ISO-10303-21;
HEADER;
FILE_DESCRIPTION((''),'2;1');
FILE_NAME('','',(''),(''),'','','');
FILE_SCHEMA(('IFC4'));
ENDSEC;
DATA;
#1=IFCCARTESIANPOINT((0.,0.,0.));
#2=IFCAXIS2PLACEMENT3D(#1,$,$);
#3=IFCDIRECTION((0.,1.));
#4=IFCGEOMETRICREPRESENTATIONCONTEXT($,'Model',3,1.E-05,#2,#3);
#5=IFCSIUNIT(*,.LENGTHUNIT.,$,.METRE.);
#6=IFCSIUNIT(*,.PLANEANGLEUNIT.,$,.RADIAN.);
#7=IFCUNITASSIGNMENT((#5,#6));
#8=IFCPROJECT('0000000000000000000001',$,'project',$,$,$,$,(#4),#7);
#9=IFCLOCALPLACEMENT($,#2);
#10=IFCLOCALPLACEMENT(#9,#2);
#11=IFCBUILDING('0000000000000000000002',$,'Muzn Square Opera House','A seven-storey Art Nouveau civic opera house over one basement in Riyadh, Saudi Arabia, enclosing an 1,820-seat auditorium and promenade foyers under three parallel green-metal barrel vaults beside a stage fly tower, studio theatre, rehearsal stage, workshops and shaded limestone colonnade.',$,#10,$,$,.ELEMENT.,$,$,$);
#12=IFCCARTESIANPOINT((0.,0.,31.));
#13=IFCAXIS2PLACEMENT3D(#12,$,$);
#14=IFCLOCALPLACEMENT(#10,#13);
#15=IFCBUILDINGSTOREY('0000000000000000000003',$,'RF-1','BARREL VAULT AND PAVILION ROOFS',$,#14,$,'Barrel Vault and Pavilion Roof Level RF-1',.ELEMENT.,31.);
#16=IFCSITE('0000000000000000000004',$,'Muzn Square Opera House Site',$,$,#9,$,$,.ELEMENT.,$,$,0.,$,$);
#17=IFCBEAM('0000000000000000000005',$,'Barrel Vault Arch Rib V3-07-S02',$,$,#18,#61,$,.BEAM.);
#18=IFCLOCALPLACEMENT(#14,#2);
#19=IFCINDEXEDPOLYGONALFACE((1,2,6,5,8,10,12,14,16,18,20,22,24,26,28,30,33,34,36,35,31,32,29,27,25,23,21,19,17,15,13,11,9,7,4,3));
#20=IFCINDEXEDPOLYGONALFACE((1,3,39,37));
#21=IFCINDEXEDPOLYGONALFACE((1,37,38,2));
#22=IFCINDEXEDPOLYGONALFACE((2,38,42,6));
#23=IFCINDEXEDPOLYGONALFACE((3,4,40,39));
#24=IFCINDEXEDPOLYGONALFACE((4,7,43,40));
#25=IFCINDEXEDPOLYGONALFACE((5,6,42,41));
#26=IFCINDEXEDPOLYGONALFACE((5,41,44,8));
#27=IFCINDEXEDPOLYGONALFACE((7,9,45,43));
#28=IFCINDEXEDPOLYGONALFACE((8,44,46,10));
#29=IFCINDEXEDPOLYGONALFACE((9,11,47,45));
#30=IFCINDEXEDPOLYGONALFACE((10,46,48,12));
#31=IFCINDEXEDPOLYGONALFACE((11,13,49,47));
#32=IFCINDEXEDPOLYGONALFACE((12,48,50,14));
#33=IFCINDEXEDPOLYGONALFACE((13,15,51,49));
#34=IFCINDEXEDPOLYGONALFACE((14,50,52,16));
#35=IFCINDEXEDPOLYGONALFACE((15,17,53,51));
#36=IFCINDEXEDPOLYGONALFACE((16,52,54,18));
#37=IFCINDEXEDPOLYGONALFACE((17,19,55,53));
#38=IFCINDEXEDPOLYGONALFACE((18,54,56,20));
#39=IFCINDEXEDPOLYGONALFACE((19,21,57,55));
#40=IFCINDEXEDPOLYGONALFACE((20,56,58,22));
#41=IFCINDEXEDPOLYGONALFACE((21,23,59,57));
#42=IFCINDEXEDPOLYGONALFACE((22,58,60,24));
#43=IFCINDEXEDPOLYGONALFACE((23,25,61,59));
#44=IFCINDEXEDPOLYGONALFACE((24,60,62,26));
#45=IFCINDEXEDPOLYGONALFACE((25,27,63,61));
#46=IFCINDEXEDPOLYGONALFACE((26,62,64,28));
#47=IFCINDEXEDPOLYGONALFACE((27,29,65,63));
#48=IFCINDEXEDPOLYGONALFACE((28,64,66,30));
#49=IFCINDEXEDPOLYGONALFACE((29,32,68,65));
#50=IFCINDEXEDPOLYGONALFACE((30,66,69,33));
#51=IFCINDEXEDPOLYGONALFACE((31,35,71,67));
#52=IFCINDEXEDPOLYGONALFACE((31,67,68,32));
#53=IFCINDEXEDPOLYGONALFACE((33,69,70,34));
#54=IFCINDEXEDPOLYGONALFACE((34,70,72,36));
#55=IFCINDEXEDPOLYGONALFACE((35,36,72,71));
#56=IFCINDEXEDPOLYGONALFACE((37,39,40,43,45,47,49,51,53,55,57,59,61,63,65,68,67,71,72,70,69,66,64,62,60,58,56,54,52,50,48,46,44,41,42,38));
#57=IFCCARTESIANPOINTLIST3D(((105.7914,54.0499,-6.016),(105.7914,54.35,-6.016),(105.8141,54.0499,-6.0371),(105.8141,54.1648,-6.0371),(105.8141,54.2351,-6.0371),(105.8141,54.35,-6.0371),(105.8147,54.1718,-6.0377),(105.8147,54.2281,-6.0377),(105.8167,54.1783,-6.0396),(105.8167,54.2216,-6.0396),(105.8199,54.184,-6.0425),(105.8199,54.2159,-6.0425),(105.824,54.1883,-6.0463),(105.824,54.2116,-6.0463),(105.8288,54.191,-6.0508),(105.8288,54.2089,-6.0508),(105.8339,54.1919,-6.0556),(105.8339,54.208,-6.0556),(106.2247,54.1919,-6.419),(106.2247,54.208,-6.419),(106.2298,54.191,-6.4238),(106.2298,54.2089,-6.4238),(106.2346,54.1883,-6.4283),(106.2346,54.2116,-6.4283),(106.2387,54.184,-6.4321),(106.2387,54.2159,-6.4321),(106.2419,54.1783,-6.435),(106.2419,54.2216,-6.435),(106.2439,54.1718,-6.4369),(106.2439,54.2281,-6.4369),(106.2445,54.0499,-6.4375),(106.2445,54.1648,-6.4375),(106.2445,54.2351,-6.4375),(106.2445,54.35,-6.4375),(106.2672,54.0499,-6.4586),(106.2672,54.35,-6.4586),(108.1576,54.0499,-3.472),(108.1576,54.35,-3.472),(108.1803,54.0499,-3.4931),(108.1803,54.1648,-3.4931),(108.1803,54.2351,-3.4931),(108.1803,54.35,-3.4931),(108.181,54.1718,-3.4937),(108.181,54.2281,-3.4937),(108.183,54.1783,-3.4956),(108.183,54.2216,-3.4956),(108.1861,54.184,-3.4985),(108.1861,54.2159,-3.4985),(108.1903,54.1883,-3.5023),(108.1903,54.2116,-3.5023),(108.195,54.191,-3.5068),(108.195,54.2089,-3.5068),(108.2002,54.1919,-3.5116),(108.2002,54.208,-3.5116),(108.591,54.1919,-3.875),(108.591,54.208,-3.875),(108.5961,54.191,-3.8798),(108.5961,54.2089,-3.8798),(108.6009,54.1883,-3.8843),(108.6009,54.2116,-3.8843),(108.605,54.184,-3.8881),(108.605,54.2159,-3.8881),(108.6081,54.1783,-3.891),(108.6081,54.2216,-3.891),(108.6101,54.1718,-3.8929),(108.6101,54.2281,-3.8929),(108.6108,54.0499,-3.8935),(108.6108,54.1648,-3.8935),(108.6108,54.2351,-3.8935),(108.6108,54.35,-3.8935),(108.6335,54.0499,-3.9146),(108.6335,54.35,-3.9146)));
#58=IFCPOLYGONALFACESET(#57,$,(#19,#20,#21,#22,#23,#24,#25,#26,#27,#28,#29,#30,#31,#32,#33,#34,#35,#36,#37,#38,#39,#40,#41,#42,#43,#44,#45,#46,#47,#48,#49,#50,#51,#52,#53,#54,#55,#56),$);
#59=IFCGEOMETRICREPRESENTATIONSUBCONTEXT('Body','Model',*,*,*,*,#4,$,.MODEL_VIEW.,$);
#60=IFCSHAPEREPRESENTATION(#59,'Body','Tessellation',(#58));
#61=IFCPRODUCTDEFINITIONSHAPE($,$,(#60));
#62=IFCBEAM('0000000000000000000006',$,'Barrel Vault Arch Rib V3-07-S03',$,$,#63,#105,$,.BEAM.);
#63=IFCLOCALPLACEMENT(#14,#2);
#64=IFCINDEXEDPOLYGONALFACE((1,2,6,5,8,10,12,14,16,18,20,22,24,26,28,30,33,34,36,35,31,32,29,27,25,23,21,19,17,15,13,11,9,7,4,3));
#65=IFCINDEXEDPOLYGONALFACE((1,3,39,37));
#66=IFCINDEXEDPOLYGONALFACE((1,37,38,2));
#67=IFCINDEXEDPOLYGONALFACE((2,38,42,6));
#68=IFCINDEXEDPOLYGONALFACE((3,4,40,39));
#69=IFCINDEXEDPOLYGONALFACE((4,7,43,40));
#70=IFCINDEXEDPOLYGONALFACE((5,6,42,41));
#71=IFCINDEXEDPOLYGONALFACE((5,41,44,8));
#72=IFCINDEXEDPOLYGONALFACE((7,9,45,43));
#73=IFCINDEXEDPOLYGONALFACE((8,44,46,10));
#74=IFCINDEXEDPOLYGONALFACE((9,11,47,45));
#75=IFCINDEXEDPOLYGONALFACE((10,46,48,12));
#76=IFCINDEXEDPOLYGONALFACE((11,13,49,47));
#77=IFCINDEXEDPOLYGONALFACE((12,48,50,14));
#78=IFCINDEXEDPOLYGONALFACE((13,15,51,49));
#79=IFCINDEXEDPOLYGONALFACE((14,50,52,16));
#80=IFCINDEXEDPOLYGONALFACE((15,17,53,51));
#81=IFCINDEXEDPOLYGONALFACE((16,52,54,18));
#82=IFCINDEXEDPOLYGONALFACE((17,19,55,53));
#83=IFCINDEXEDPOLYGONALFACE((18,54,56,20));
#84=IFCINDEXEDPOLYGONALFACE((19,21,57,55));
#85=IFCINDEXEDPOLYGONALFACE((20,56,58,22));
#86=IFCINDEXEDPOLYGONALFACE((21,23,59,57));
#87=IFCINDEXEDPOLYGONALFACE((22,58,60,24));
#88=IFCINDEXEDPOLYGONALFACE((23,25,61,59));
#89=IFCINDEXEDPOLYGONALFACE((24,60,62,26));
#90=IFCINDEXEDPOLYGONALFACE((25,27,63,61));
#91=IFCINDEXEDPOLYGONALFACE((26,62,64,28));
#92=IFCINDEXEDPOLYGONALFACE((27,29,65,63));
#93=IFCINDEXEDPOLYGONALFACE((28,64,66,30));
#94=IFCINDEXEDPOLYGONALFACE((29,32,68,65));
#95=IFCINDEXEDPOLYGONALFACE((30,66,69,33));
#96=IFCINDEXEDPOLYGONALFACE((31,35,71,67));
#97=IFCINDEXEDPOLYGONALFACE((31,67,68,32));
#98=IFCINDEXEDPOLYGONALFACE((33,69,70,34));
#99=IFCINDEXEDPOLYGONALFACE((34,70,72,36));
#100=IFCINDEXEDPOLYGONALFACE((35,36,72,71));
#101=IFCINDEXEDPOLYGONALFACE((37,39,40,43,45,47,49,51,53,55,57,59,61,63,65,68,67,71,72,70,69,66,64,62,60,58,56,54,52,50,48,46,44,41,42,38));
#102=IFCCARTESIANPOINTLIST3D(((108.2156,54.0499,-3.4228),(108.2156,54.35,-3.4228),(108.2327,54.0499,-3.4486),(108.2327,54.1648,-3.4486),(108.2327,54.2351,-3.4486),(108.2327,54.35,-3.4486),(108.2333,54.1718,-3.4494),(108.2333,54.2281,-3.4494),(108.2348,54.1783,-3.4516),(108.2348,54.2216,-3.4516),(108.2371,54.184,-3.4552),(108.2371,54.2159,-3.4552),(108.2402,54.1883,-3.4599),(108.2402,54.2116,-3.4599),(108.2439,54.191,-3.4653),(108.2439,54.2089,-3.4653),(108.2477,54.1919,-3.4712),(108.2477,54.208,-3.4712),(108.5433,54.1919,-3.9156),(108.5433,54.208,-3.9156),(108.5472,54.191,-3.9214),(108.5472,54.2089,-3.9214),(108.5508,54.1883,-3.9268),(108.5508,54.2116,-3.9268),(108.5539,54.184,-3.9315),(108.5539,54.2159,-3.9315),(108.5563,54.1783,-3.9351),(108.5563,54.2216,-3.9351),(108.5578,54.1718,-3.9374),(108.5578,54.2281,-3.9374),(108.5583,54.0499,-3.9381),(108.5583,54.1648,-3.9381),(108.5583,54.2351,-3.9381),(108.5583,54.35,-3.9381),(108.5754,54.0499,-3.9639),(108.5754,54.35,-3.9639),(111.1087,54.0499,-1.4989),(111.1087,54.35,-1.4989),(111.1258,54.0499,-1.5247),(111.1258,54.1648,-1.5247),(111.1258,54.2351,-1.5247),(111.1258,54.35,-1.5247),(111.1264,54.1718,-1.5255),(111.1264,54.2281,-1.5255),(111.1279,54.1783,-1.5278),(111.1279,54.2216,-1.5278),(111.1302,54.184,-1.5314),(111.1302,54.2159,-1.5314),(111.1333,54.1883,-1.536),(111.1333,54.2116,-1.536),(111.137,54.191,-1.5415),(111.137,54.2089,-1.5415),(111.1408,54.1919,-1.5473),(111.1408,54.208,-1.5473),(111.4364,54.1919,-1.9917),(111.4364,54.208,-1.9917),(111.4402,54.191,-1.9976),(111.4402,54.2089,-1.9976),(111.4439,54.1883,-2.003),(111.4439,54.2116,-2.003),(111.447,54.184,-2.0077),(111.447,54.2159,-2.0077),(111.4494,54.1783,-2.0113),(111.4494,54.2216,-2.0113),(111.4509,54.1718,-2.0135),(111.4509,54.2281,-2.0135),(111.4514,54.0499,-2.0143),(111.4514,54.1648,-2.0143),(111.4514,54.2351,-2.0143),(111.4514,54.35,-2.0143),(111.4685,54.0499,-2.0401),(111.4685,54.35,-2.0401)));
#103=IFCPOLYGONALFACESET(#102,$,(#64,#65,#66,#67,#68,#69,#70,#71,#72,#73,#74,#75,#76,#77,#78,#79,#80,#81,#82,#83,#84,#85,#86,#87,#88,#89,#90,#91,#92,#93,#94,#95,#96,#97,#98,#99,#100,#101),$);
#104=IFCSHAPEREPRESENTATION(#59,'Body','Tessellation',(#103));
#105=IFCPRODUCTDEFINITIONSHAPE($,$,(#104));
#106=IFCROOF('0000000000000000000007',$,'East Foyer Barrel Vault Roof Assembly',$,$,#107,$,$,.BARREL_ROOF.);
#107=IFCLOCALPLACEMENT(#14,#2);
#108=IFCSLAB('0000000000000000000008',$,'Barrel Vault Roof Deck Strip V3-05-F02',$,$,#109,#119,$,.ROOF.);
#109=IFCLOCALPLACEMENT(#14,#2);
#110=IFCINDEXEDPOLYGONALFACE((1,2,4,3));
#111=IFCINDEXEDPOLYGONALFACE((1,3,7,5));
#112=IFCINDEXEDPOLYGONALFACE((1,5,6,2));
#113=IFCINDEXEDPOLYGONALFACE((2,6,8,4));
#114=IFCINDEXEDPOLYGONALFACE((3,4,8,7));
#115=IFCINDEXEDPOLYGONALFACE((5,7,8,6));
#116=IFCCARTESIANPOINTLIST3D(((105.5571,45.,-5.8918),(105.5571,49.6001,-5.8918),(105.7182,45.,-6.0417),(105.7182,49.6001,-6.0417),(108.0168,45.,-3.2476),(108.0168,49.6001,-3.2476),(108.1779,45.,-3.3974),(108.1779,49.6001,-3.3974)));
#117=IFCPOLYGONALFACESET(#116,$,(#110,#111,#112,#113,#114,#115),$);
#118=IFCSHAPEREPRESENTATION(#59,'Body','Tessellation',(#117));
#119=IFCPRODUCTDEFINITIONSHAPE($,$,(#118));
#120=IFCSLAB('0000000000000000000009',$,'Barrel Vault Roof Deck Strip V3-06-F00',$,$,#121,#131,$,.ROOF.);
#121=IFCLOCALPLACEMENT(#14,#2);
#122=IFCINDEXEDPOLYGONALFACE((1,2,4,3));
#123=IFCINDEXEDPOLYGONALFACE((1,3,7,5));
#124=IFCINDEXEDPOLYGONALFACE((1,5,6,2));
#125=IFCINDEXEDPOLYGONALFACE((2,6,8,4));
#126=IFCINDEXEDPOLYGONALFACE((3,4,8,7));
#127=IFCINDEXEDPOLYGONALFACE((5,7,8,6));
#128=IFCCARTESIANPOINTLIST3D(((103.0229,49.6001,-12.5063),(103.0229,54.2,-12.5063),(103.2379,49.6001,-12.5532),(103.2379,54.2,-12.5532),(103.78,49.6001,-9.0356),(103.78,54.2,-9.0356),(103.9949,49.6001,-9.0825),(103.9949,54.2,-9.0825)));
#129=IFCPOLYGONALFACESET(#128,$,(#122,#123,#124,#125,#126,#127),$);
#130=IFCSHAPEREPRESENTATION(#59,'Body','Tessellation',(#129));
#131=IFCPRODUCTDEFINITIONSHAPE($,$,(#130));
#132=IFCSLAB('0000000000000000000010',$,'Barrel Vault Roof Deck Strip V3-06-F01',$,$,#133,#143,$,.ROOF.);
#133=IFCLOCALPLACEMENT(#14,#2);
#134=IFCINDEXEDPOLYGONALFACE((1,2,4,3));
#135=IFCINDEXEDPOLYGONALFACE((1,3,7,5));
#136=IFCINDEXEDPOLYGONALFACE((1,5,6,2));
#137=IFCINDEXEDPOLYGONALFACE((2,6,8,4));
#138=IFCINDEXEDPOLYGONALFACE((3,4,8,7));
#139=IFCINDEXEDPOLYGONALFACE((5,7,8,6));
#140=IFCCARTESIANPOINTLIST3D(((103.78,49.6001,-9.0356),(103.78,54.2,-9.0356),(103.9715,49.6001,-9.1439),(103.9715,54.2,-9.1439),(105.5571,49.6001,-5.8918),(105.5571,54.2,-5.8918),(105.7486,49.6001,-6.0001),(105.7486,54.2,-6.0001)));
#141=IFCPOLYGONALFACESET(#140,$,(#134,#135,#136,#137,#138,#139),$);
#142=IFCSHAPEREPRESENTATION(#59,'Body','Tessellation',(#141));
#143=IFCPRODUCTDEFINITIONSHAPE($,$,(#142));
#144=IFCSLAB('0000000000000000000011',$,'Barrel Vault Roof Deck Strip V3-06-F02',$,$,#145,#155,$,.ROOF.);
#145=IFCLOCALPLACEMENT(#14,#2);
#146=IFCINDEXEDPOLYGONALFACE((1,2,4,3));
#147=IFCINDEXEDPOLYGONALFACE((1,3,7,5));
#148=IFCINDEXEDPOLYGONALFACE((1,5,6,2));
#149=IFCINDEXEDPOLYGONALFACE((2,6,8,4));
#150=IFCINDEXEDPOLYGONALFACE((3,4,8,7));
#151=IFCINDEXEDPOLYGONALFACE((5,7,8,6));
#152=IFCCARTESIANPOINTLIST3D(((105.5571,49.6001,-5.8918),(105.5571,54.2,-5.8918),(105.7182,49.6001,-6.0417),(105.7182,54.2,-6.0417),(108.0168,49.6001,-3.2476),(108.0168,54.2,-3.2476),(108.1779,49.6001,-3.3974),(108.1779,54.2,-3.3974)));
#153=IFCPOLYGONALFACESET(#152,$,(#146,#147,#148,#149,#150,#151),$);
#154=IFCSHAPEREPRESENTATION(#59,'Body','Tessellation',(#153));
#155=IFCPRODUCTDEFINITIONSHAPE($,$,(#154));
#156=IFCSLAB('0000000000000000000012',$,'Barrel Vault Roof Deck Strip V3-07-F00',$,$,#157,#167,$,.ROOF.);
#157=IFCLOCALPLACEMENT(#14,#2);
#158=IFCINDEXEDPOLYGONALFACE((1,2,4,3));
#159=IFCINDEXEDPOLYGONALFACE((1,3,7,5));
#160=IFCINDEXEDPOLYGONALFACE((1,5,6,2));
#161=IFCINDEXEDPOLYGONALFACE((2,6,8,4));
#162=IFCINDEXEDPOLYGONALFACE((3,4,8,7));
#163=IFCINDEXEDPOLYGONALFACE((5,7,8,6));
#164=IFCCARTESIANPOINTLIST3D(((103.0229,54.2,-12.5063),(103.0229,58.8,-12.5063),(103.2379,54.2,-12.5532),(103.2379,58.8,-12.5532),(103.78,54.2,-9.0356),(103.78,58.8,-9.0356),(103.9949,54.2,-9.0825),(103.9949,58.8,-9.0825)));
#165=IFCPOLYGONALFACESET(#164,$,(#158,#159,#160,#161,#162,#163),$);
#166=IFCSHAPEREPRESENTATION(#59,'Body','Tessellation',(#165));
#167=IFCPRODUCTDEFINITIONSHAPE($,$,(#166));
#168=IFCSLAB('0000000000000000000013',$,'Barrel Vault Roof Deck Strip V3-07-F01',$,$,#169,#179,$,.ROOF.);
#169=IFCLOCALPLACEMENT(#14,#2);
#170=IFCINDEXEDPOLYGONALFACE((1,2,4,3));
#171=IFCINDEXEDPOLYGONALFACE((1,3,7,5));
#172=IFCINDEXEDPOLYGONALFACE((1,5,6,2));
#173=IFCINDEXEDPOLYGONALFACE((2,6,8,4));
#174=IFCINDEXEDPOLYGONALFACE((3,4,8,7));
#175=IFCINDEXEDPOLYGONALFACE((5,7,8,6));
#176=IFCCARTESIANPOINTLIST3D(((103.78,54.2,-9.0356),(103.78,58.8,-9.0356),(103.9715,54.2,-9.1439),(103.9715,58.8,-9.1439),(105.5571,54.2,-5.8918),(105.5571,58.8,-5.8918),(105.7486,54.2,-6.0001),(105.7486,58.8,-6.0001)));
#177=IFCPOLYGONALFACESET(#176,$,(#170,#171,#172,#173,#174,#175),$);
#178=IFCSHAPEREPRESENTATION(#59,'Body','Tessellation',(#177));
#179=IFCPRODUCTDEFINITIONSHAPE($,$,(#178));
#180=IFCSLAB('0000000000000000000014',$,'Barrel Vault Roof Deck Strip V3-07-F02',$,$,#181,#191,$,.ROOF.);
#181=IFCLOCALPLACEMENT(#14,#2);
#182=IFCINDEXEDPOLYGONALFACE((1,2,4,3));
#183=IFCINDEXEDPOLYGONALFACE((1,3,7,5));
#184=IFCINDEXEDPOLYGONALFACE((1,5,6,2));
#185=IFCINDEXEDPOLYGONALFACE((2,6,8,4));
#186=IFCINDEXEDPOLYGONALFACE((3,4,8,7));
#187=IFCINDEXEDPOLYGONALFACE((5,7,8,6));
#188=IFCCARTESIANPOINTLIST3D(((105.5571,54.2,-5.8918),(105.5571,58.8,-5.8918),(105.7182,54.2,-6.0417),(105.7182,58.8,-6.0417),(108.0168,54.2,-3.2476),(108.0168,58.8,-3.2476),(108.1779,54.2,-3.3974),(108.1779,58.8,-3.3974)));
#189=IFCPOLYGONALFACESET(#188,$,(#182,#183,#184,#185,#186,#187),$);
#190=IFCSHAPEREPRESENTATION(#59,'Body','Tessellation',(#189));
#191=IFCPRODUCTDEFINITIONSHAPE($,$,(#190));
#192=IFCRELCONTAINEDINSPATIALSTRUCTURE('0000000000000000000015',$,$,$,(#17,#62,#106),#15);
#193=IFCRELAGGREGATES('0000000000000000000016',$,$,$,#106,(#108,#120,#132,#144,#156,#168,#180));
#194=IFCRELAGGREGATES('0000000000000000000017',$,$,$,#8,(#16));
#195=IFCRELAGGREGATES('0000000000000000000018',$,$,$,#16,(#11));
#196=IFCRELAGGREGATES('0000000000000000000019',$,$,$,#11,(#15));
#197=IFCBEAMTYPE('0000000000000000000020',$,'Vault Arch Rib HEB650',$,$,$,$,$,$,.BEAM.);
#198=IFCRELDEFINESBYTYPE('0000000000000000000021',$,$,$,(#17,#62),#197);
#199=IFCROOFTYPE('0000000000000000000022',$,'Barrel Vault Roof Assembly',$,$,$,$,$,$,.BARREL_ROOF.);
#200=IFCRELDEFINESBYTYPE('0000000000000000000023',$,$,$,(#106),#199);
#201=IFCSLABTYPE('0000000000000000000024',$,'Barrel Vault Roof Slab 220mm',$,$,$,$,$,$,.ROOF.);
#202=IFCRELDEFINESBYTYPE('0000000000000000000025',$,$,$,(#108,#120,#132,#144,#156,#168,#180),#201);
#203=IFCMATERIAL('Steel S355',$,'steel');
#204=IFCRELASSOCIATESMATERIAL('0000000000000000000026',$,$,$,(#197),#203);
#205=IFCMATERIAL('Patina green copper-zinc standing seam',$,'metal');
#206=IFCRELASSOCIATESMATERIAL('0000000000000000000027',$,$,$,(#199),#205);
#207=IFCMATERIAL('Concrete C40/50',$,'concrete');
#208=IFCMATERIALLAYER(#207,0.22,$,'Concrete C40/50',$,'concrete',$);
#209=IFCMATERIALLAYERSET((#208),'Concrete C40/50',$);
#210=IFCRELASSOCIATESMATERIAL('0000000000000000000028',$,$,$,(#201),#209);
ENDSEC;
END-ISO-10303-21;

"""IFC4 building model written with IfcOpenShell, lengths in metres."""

from ifc_helpers import new_model, si_unit, direction, frame, origin, origin_2d, place, context, subcontext, project, spatial, polyline, i_section, outline, extrude, material, layer, layer_set, material_profile, profile_set, type_object, element, aggregate, save


model = new_model("IFC4")

# Units and contexts
model_context = context("Model", 3, precision=1e-05, world=origin(), true_north=direction((0.0, 1.0)))
body_context = subcontext(model_context, "Body", "Model", "MODEL_VIEW")
ifc_project = project(units=[si_unit("LENGTHUNIT", "METRE"), si_unit("PLANEANGLEUNIT", "RADIAN")], contexts=[model_context])

# Site, building, storey
site_placement = place(None, origin())
site = spatial("IfcSite", under=ifc_project, at=site_placement, Name="Muzn Square Opera House Site", CompositionType="ELEMENT", RefElevation=0.0)
building_placement = place(site_placement, origin())
building = spatial("IfcBuilding", under=site, at=building_placement, Name="Muzn Square Opera House", Description="A seven-storey Art Nouveau civic opera house over one basement in Riyadh, Saudi Arabia, enclosing an 1,820-seat auditorium and promenade foyers under three parallel green-metal barrel vaults beside a stage fly tower, studio theatre, rehearsal stage, workshops and shaded limestone colonnade.", CompositionType="ELEMENT")
storey_placement = place(building_placement, frame((0.0, 0.0, 31.0)))
storey = spatial("IfcBuildingStorey", under=building, at=storey_placement, Name="RF-1", Description="BARREL VAULT AND PAVILION ROOFS", LongName="Barrel Vault and Pavilion Roof Level RF-1", CompositionType="ELEMENT", Elevation=31.0)

# Beams
ifc_material_1 = material(Name="Steel S355", Category="steel")
ifc_material_profile_1 = material_profile(ifc_material_1, i_section(OverallWidth=0.3, OverallDepth=0.6499, WebThickness=0.0161, FlangeThickness=0.031, FilletRadius=0.0271, at=origin_2d()), Name="HEB 650", Category="steel")
ifc_profile_set_1 = profile_set([ifc_material_profile_1], Name="Steel S355")
beam_type_1 = type_object("IfcBeamType", Name="Vault Arch Rib HEB650", PredefinedType="BEAM", material=ifc_profile_set_1)
for number, where, z_axis, x_axis, name in (
    (1, (106.0293, 54.2, -6.2373), (0.681065, 0.0, 0.732223), (0.0, 1.0, 0.0), "Barrel Vault Arch Rib V3-07-S02"),
    (2, (108.3955, 54.2, -3.6934), (0.832698, 0.0, 0.553727), (0.0, 1.0, 0.0), "Barrel Vault Arch Rib V3-07-S03"),
):
    element("IfcBeam", number, at=place(storey_placement, frame(where, z_axis=z_axis, x_axis=x_axis)), inside=storey, type_object=beam_type_1, Name=name, PredefinedType="BEAM", context=body_context, shape_type="SweptSolid", body=[
        extrude(i_section(OverallWidth=0.3, OverallDepth=0.6499, WebThickness=0.0161, FlangeThickness=0.031, FilletRadius=0.0271, at=origin_2d()), origin(), (0.0, 0.0, 1.0), 3.4744),
    ])

# Roof, slabs
ifc_material_2 = material(Name="Patina green copper-zinc standing seam", Category="metal")
roof_type = type_object("IfcRoofType", Name="Barrel Vault Roof Assembly", PredefinedType="BARREL_ROOF", material=ifc_material_2)
roof_placement = place(storey_placement, origin())
roof = element("IfcRoof", 3, at=roof_placement, inside=storey, type_object=roof_type, Name="East Foyer Barrel Vault Roof Assembly", PredefinedType="BARREL_ROOF")
ifc_material_3 = material(Name="Concrete C40/50", Category="concrete")
ifc_layer_1 = layer(ifc_material_3, 0.22, Name="Concrete C40/50", Category="concrete")
ifc_layer_set_1 = layer_set([ifc_layer_1], Name="Concrete C40/50")
slab_type = type_object("IfcSlabType", Name="Barrel Vault Roof Slab 220mm", PredefinedType="ROOF", material=ifc_layer_set_1)
slab_1_placement = place(storey_placement, frame((108.0168, 45.0, -3.2476), z_axis=(-0.732198, 0.0, 0.681091), x_axis=(0.0, 1.0, 0.0)))
slab_1 = element("IfcSlab", 4, at=slab_1_placement, type_object=slab_type, Name="Barrel Vault Roof Deck Strip V3-05-F02", PredefinedType="ROOF", context=body_context, shape_type="SweptSolid", body=[
    extrude(outline(polyline([(0.0, 3.6114), (0.0, 0.0), (4.6001, 0.0), (4.6001, 3.6114), (0.0, 3.6114)])), origin(), (0.0, 0.0, -1.0), 0.22),
])
slab_2_placement = place(storey_placement, frame((103.78, 49.6001, -9.0356), z_axis=(-0.977025, 0.0, 0.213123), x_axis=(0.0, 1.0, 0.0)))
slab_2 = element("IfcSlab", 5, at=slab_2_placement, type_object=slab_type, Name="Barrel Vault Roof Deck Strip V3-06-F00", PredefinedType="ROOF", context=body_context, shape_type="SweptSolid", body=[
    extrude(outline(polyline([(0.0, 3.5523), (0.0, 0.0), (4.5999, 0.0), (4.5999, 3.5523), (0.0, 3.5523)])), origin(), (0.0, 0.0, -1.0), 0.22),
])
slab_3_placement = place(storey_placement, frame((105.5571, 49.6001, -5.8918), z_axis=(-0.870543, 0.0, 0.492093), x_axis=(0.0, 1.0, 0.0)))
slab_3 = element("IfcSlab", 6, at=slab_3_placement, type_object=slab_type, Name="Barrel Vault Roof Deck Strip V3-06-F01", PredefinedType="ROOF", context=body_context, shape_type="SweptSolid", body=[
    extrude(outline(polyline([(0.0, 3.6113), (0.0, 0.0), (4.5999, 0.0), (4.5999, 3.6113), (0.0, 3.6113)])), origin(), (0.0, 0.0, -1.0), 0.22),
])
slab_4_placement = place(storey_placement, frame((108.0168, 49.6001, -3.2476), z_axis=(-0.732198, 0.0, 0.681091), x_axis=(0.0, 1.0, 0.0)))
slab_4 = element("IfcSlab", 7, at=slab_4_placement, type_object=slab_type, Name="Barrel Vault Roof Deck Strip V3-06-F02", PredefinedType="ROOF", context=body_context, shape_type="SweptSolid", body=[
    extrude(outline(polyline([(0.0, 3.6114), (0.0, 0.0), (4.5999, 0.0), (4.5999, 3.6114), (0.0, 3.6114)])), origin(), (0.0, 0.0, -1.0), 0.22),
])
slab_5_placement = place(storey_placement, frame((103.78, 54.2, -9.0356), z_axis=(-0.977025, 0.0, 0.213123), x_axis=(0.0, 1.0, 0.0)))
slab_5 = element("IfcSlab", 8, at=slab_5_placement, type_object=slab_type, Name="Barrel Vault Roof Deck Strip V3-07-F00", PredefinedType="ROOF", context=body_context, shape_type="SweptSolid", body=[
    extrude(outline(polyline([(0.0, 3.5523), (0.0, 0.0), (4.6001, 0.0), (4.6001, 3.5523), (0.0, 3.5523)])), origin(), (0.0, 0.0, -1.0), 0.22),
])
slab_6_placement = place(storey_placement, frame((105.5571, 54.2, -5.8918), z_axis=(-0.870543, 0.0, 0.492093), x_axis=(0.0, 1.0, 0.0)))
slab_6 = element("IfcSlab", 9, at=slab_6_placement, type_object=slab_type, Name="Barrel Vault Roof Deck Strip V3-07-F01", PredefinedType="ROOF", context=body_context, shape_type="SweptSolid", body=[
    extrude(outline(polyline([(0.0, 3.6113), (0.0, 0.0), (4.6001, 0.0), (4.6001, 3.6113), (0.0, 3.6113)])), origin(), (0.0, 0.0, -1.0), 0.22),
])
slab_7_placement = place(storey_placement, frame((108.0168, 54.2, -3.2476), z_axis=(-0.732198, 0.0, 0.681091), x_axis=(0.0, 1.0, 0.0)))
slab_7 = element("IfcSlab", 10, at=slab_7_placement, type_object=slab_type, Name="Barrel Vault Roof Deck Strip V3-07-F02", PredefinedType="ROOF", context=body_context, shape_type="SweptSolid", body=[
    extrude(outline(polyline([(0.0, 3.6114), (0.0, 0.0), (4.6001, 0.0), (4.6001, 3.6114), (0.0, 3.6114)])), origin(), (0.0, 0.0, -1.0), 0.22),
])
aggregate(roof, [slab_1, slab_2, slab_3, slab_4, slab_5, slab_6, slab_7])

save(model, "model.ifc")
